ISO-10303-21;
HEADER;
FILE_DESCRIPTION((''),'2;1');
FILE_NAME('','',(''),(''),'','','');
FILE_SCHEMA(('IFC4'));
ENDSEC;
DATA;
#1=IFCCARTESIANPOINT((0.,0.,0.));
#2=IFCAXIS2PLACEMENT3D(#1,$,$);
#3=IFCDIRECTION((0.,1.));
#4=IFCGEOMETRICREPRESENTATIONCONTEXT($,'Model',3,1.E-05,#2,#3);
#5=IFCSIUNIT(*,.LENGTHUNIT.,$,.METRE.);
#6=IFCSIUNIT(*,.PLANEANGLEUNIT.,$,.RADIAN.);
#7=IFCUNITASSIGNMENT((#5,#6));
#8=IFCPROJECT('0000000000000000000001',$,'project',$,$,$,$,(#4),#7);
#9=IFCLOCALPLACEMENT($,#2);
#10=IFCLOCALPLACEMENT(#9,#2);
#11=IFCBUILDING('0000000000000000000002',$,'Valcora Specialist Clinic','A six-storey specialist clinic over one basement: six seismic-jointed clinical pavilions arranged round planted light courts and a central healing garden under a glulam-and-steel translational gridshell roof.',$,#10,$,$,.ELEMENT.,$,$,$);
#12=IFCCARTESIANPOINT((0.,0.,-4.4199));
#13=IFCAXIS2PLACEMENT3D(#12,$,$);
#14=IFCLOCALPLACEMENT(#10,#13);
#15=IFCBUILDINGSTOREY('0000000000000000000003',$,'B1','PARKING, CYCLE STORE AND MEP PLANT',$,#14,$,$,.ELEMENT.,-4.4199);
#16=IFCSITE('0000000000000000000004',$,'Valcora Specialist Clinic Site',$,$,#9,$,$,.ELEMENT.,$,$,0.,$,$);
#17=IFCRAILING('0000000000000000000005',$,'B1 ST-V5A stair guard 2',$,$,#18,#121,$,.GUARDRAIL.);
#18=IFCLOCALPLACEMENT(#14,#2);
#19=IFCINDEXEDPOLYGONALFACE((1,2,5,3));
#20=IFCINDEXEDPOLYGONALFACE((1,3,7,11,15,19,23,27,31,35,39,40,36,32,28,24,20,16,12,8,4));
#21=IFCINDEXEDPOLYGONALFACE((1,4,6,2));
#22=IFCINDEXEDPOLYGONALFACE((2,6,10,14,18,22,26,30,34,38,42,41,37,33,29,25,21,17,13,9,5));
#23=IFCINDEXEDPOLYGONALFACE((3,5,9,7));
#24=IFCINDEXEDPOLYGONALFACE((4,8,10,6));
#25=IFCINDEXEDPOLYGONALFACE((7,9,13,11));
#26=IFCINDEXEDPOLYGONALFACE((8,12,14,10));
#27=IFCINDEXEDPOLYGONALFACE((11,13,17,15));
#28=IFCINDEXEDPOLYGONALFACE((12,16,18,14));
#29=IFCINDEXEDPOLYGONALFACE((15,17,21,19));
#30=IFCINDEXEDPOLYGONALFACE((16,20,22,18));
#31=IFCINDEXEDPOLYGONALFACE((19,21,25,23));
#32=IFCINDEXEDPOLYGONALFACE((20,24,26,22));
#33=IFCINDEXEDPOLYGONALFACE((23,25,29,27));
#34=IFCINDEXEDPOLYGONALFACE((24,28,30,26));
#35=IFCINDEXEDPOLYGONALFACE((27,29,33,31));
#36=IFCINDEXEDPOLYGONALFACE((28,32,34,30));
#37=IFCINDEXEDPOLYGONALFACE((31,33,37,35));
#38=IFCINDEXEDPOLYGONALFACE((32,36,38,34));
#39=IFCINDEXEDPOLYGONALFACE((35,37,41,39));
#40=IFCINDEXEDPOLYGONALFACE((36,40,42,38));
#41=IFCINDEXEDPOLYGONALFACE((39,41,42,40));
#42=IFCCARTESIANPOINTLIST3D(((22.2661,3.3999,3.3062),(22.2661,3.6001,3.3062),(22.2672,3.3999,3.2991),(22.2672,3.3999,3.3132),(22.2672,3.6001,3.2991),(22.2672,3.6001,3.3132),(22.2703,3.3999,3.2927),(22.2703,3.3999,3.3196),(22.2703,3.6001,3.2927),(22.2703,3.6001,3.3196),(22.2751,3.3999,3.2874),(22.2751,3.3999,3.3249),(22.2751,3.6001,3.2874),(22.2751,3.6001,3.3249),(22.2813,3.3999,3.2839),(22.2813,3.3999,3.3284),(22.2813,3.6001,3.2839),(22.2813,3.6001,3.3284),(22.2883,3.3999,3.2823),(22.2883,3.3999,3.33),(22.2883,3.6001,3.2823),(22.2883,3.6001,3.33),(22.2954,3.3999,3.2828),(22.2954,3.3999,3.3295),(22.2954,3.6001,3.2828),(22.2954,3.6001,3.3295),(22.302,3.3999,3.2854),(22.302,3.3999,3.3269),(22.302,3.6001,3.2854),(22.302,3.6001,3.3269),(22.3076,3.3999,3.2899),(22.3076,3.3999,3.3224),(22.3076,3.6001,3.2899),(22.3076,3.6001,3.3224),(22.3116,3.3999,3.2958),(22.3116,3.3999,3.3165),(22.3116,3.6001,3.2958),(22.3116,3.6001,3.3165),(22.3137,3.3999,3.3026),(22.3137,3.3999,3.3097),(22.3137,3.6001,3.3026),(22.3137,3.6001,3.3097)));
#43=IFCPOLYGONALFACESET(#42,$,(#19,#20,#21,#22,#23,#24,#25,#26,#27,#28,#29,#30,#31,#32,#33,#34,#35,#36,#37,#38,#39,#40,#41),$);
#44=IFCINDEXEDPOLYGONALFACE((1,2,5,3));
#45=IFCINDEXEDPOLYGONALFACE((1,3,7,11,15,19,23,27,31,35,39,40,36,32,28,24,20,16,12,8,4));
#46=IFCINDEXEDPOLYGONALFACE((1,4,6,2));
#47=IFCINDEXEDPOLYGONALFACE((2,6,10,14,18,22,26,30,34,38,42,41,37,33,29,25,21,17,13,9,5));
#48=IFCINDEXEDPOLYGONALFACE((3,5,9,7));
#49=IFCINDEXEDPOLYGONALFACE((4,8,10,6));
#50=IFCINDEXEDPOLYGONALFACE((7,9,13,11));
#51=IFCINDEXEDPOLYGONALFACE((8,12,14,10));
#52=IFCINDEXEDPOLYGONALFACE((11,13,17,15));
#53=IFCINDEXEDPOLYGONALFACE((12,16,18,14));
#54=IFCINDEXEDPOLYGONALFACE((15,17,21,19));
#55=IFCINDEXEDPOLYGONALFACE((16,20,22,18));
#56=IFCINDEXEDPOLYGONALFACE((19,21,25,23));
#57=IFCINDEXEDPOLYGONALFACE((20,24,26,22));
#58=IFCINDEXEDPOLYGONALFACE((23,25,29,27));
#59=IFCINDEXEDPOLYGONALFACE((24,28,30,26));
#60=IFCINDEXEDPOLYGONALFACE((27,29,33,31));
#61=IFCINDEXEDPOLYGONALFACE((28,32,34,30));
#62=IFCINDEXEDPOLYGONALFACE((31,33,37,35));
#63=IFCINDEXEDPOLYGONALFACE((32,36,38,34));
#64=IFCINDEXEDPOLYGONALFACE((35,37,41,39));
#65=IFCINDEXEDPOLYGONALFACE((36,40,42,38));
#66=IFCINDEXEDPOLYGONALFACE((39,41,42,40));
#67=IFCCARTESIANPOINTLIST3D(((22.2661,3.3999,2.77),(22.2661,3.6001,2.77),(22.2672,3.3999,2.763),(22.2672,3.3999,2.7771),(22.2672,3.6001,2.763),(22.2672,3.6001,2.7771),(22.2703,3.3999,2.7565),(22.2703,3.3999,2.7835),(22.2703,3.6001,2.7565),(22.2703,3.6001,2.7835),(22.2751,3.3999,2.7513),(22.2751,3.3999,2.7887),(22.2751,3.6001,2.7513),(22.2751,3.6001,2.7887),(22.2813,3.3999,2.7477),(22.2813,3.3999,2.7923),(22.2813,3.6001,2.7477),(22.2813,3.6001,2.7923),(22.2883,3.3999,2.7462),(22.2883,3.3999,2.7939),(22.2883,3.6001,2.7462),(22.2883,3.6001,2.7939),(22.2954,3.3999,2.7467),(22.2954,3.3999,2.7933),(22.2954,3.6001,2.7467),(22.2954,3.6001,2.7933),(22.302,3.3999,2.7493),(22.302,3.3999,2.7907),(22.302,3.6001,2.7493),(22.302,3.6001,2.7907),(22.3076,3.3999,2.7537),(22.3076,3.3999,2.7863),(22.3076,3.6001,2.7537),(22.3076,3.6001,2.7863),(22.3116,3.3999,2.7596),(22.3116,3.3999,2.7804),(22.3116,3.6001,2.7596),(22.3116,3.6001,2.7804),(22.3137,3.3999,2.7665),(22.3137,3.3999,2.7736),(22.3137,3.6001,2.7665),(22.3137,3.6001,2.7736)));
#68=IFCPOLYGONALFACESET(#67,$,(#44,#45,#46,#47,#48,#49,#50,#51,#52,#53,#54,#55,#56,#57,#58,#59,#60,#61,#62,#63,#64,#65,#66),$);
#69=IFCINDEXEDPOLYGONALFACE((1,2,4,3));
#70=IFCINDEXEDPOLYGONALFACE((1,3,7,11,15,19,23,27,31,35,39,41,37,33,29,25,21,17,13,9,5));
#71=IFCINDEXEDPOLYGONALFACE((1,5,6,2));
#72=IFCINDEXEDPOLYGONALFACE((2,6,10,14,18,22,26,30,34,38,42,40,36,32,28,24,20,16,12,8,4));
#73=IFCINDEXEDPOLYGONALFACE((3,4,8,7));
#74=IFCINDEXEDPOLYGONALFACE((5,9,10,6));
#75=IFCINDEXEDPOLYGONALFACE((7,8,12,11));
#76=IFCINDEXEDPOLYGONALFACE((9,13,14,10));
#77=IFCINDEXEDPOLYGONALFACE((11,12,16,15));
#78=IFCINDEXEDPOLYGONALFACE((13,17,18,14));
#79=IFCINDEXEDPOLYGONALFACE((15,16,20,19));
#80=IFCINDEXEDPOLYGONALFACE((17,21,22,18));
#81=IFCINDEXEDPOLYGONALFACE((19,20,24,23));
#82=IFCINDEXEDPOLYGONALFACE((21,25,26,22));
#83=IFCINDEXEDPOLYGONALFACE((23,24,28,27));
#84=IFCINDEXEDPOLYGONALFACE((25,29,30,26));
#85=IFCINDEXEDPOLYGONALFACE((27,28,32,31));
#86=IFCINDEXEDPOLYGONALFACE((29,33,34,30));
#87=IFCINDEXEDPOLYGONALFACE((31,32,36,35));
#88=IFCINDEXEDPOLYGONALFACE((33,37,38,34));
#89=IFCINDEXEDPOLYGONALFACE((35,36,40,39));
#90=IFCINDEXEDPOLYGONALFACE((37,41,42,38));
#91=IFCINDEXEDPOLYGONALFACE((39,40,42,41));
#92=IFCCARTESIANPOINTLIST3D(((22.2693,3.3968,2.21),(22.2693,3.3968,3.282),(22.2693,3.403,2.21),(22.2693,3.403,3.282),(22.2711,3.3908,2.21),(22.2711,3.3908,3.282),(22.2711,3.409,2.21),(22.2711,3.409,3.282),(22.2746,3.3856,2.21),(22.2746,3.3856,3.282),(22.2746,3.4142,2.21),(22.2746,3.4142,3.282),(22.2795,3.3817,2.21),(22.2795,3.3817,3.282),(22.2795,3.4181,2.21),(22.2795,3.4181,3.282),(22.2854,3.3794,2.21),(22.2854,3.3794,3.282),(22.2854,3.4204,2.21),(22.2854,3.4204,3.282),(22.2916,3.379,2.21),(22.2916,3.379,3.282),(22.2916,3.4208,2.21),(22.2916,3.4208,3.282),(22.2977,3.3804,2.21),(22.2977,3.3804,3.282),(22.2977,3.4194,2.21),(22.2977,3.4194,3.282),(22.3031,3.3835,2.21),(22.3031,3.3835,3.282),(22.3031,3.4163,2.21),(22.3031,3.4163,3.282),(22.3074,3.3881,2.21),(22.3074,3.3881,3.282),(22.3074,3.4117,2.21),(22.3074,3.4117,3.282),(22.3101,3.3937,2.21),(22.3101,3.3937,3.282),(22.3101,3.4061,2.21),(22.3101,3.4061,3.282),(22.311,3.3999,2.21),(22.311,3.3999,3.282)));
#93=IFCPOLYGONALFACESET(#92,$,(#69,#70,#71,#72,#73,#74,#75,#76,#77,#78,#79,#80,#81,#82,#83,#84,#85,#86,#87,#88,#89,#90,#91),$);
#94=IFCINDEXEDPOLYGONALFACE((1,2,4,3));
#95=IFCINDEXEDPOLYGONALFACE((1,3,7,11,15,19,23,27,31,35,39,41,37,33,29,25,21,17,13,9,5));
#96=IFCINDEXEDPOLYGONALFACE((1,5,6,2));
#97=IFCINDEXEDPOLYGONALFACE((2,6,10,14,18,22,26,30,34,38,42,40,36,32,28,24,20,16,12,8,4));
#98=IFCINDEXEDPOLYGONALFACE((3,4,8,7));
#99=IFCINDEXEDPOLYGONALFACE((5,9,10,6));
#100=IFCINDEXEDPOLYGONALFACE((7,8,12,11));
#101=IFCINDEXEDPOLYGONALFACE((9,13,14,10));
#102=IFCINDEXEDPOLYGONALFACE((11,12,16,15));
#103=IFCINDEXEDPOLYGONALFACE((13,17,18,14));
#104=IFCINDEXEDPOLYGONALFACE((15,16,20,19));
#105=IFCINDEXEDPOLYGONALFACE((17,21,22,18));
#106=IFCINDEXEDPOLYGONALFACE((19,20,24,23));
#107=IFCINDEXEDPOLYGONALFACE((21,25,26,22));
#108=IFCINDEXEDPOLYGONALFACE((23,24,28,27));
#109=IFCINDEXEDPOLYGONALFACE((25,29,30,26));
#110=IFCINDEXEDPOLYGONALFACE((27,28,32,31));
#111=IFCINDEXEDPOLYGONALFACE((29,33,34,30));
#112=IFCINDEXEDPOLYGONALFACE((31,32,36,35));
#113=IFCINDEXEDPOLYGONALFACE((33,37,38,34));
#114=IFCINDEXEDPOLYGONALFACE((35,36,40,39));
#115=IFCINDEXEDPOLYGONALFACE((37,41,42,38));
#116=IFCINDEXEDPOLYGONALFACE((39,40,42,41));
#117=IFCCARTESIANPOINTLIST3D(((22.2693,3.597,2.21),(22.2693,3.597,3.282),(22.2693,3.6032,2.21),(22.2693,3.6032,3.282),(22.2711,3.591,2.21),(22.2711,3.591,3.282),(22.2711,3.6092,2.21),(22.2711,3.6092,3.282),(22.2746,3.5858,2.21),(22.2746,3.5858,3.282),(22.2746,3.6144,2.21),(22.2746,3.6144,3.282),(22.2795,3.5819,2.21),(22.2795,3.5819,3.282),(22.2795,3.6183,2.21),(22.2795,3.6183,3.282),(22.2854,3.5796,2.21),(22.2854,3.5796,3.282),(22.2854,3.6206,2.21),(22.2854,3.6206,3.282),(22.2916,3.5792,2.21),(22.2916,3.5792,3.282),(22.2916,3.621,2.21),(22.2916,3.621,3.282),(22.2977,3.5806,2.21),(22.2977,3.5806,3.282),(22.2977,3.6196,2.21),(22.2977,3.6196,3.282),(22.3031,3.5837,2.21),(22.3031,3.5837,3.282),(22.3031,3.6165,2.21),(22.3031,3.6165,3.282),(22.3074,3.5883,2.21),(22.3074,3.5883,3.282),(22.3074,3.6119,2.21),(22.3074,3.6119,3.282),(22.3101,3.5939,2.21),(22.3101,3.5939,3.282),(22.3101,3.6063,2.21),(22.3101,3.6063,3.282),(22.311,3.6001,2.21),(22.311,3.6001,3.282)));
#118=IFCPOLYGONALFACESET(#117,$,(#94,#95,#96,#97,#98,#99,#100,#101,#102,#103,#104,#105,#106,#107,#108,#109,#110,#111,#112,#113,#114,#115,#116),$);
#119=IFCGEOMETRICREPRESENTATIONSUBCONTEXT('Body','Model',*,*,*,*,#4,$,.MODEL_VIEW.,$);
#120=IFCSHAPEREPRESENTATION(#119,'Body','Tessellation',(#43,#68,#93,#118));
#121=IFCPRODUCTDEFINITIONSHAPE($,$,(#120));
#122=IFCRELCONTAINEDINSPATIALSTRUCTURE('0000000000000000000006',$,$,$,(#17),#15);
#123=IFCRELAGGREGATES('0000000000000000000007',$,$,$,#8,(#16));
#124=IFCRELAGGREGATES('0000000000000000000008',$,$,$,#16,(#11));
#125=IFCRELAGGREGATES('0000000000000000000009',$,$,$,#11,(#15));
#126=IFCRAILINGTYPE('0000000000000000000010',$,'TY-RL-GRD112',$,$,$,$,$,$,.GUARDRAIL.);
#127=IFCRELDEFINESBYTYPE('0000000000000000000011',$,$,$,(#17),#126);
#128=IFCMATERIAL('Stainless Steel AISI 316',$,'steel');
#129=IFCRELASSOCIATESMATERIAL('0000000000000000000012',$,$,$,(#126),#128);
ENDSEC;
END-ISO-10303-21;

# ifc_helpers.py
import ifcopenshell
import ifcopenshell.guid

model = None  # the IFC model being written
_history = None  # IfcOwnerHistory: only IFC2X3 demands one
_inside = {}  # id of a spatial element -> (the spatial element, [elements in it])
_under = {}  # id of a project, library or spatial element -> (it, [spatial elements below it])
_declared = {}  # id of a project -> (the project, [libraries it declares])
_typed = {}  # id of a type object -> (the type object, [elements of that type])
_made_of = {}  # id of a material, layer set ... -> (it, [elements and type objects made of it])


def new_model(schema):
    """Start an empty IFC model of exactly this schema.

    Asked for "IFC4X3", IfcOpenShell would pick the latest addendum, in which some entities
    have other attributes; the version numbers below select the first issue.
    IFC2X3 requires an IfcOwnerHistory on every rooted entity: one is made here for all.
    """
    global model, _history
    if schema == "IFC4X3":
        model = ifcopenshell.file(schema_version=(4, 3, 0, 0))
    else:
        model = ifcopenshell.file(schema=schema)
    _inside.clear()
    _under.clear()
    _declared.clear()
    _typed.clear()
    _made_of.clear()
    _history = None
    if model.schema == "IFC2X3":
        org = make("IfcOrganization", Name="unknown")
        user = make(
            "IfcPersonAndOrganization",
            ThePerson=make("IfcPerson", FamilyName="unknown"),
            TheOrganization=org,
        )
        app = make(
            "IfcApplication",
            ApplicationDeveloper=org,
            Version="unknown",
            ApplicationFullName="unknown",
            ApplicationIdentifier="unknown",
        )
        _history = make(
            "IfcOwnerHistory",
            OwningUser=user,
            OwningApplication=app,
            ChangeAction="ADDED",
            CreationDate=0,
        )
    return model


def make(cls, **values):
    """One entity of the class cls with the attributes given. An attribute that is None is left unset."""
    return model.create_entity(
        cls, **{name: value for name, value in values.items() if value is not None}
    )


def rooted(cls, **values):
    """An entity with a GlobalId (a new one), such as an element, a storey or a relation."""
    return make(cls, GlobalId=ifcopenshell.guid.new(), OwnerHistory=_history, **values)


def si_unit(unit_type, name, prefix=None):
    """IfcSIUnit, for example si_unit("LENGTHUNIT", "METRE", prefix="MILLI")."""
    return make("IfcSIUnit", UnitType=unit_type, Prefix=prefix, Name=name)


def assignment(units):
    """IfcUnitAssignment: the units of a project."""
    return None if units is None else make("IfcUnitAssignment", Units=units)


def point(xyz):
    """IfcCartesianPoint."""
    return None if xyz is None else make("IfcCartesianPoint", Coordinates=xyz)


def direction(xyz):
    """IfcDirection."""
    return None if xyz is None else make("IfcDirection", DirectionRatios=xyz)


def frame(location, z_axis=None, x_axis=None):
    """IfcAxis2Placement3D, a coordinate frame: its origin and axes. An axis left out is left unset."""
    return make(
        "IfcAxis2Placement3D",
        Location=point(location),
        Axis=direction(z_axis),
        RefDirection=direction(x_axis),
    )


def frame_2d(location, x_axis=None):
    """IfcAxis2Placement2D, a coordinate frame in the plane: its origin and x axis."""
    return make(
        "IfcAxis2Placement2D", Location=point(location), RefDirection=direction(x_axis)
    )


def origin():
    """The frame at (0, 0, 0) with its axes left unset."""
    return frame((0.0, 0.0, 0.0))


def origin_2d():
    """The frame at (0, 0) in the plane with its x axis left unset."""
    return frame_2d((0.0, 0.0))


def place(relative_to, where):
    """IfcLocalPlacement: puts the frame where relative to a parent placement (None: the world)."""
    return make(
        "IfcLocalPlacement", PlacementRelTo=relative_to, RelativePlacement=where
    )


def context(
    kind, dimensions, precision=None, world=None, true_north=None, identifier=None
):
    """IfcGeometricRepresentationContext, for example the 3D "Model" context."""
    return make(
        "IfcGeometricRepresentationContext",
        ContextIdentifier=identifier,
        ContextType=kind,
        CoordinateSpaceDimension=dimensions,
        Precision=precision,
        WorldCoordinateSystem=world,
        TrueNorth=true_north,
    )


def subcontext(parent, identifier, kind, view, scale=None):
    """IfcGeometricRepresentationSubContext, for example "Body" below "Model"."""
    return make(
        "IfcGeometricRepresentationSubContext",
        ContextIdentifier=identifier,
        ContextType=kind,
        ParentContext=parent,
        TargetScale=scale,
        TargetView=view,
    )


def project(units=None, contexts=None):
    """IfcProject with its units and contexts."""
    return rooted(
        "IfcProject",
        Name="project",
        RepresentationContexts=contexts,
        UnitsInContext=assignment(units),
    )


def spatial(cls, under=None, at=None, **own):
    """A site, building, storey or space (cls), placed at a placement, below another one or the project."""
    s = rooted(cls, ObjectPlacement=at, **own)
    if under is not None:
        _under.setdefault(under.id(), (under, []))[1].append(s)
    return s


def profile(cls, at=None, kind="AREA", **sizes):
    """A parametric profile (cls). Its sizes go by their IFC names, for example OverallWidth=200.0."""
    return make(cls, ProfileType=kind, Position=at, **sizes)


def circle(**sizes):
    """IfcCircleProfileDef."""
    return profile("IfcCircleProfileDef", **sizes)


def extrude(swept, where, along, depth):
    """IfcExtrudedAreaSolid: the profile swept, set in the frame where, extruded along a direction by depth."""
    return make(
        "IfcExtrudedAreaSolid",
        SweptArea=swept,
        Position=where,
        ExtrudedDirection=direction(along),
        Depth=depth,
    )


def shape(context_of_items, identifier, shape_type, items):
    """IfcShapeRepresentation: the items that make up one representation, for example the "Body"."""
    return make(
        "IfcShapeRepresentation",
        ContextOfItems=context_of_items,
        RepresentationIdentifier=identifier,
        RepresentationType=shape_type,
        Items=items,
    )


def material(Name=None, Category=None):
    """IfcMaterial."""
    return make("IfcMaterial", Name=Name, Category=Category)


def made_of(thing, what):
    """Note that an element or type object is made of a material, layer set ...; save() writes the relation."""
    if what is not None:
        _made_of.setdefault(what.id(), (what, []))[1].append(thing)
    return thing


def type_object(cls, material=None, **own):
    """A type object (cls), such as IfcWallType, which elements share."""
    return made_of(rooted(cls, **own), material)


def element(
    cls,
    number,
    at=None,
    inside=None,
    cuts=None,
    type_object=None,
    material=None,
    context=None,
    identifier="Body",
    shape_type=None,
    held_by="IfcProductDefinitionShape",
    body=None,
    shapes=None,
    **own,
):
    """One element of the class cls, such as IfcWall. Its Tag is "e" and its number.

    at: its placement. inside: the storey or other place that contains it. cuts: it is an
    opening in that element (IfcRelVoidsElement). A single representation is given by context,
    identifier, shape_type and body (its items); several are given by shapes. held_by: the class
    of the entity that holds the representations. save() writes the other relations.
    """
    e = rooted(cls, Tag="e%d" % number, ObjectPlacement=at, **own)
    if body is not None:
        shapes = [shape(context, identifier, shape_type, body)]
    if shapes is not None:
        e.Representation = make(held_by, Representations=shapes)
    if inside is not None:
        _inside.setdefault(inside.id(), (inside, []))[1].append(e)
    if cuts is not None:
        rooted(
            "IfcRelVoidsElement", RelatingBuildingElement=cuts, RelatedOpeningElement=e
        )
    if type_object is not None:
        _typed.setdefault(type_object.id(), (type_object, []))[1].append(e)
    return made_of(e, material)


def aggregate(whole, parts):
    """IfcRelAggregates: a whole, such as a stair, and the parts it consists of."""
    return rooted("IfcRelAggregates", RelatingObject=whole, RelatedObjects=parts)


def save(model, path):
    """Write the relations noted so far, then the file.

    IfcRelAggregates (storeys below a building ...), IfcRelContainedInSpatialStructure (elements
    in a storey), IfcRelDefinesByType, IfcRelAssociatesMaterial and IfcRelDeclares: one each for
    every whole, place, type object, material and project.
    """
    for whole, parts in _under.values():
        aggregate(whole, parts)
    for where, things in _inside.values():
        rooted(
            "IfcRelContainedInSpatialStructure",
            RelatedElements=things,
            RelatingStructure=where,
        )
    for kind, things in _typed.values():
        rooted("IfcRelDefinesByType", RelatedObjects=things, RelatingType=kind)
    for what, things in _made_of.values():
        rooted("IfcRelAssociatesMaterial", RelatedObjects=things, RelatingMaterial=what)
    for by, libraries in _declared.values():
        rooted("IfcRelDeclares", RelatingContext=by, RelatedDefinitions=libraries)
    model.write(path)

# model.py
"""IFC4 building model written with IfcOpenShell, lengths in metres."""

from ifc_helpers import new_model, si_unit, direction, frame, origin, origin_2d, place, context, subcontext, project, spatial, circle, extrude, material, type_object, element, save


model = new_model("IFC4")

# Units and contexts
model_context = context("Model", 3, precision=1e-05, world=origin(), true_north=direction((0.0, 1.0)))
body_context = subcontext(model_context, "Body", "Model", "MODEL_VIEW")
ifc_project = project(units=[si_unit("LENGTHUNIT", "METRE"), si_unit("PLANEANGLEUNIT", "RADIAN")], contexts=[model_context])

# Site, building, storey
site_placement = place(None, origin())
site = spatial("IfcSite", under=ifc_project, at=site_placement, Name="Valcora Specialist Clinic Site", CompositionType="ELEMENT", RefElevation=0.0)
building_placement = place(site_placement, origin())
building = spatial("IfcBuilding", under=site, at=building_placement, Name="Valcora Specialist Clinic", Description="A six-storey specialist clinic over one basement: six seismic-jointed clinical pavilions arranged round planted light courts and a central healing garden under a glulam-and-steel translational gridshell roof.", CompositionType="ELEMENT")
storey_placement = place(building_placement, frame((0.0, 0.0, -4.4199)))
storey = spatial("IfcBuildingStorey", under=building, at=storey_placement, Name="B1", Description="PARKING, CYCLE STORE AND MEP PLANT", CompositionType="ELEMENT", Elevation=-4.4199)

# Railing
ifc_material_1 = material(Name="Stainless Steel AISI 316", Category="steel")
railing_type_1 = type_object("IfcRailingType", Name="TY-RL-GRD112", PredefinedType="GUARDRAIL", material=ifc_material_1)
railing_1_placement = place(storey_placement, frame((22.29, 3.3999, 2.21)))
element("IfcRailing", 1, at=railing_1_placement, inside=storey, type_object=railing_type_1, Name="B1 ST-V5A stair guard 2", PredefinedType="GUARDRAIL", context=body_context, shape_type="SweptSolid", body=[
    extrude(circle(Radius=0.0239, at=origin_2d()), frame((0.0, 0.0, 1.0962), z_axis=(0.0, 1.0, 0.0), x_axis=(-1.0, 0.0, 0.0)), (0.0, 0.0, 1.0), 0.2002),
    extrude(circle(Radius=0.0239, at=origin_2d()), frame((0.0, 0.0, 0.5601), z_axis=(0.0, 1.0, 0.0), x_axis=(-1.0, 0.0, 0.0)), (0.0, 0.0, 1.0), 0.2002),
    extrude(circle(Radius=0.021, at=origin_2d()), origin(), (0.0, 0.0, 1.0), 1.072),
    extrude(circle(Radius=0.021, at=origin_2d()), frame((0.0, 0.2002, 0.0)), (0.0, 0.0, 1.0), 1.072),
])

save(model, "model.ifc")
